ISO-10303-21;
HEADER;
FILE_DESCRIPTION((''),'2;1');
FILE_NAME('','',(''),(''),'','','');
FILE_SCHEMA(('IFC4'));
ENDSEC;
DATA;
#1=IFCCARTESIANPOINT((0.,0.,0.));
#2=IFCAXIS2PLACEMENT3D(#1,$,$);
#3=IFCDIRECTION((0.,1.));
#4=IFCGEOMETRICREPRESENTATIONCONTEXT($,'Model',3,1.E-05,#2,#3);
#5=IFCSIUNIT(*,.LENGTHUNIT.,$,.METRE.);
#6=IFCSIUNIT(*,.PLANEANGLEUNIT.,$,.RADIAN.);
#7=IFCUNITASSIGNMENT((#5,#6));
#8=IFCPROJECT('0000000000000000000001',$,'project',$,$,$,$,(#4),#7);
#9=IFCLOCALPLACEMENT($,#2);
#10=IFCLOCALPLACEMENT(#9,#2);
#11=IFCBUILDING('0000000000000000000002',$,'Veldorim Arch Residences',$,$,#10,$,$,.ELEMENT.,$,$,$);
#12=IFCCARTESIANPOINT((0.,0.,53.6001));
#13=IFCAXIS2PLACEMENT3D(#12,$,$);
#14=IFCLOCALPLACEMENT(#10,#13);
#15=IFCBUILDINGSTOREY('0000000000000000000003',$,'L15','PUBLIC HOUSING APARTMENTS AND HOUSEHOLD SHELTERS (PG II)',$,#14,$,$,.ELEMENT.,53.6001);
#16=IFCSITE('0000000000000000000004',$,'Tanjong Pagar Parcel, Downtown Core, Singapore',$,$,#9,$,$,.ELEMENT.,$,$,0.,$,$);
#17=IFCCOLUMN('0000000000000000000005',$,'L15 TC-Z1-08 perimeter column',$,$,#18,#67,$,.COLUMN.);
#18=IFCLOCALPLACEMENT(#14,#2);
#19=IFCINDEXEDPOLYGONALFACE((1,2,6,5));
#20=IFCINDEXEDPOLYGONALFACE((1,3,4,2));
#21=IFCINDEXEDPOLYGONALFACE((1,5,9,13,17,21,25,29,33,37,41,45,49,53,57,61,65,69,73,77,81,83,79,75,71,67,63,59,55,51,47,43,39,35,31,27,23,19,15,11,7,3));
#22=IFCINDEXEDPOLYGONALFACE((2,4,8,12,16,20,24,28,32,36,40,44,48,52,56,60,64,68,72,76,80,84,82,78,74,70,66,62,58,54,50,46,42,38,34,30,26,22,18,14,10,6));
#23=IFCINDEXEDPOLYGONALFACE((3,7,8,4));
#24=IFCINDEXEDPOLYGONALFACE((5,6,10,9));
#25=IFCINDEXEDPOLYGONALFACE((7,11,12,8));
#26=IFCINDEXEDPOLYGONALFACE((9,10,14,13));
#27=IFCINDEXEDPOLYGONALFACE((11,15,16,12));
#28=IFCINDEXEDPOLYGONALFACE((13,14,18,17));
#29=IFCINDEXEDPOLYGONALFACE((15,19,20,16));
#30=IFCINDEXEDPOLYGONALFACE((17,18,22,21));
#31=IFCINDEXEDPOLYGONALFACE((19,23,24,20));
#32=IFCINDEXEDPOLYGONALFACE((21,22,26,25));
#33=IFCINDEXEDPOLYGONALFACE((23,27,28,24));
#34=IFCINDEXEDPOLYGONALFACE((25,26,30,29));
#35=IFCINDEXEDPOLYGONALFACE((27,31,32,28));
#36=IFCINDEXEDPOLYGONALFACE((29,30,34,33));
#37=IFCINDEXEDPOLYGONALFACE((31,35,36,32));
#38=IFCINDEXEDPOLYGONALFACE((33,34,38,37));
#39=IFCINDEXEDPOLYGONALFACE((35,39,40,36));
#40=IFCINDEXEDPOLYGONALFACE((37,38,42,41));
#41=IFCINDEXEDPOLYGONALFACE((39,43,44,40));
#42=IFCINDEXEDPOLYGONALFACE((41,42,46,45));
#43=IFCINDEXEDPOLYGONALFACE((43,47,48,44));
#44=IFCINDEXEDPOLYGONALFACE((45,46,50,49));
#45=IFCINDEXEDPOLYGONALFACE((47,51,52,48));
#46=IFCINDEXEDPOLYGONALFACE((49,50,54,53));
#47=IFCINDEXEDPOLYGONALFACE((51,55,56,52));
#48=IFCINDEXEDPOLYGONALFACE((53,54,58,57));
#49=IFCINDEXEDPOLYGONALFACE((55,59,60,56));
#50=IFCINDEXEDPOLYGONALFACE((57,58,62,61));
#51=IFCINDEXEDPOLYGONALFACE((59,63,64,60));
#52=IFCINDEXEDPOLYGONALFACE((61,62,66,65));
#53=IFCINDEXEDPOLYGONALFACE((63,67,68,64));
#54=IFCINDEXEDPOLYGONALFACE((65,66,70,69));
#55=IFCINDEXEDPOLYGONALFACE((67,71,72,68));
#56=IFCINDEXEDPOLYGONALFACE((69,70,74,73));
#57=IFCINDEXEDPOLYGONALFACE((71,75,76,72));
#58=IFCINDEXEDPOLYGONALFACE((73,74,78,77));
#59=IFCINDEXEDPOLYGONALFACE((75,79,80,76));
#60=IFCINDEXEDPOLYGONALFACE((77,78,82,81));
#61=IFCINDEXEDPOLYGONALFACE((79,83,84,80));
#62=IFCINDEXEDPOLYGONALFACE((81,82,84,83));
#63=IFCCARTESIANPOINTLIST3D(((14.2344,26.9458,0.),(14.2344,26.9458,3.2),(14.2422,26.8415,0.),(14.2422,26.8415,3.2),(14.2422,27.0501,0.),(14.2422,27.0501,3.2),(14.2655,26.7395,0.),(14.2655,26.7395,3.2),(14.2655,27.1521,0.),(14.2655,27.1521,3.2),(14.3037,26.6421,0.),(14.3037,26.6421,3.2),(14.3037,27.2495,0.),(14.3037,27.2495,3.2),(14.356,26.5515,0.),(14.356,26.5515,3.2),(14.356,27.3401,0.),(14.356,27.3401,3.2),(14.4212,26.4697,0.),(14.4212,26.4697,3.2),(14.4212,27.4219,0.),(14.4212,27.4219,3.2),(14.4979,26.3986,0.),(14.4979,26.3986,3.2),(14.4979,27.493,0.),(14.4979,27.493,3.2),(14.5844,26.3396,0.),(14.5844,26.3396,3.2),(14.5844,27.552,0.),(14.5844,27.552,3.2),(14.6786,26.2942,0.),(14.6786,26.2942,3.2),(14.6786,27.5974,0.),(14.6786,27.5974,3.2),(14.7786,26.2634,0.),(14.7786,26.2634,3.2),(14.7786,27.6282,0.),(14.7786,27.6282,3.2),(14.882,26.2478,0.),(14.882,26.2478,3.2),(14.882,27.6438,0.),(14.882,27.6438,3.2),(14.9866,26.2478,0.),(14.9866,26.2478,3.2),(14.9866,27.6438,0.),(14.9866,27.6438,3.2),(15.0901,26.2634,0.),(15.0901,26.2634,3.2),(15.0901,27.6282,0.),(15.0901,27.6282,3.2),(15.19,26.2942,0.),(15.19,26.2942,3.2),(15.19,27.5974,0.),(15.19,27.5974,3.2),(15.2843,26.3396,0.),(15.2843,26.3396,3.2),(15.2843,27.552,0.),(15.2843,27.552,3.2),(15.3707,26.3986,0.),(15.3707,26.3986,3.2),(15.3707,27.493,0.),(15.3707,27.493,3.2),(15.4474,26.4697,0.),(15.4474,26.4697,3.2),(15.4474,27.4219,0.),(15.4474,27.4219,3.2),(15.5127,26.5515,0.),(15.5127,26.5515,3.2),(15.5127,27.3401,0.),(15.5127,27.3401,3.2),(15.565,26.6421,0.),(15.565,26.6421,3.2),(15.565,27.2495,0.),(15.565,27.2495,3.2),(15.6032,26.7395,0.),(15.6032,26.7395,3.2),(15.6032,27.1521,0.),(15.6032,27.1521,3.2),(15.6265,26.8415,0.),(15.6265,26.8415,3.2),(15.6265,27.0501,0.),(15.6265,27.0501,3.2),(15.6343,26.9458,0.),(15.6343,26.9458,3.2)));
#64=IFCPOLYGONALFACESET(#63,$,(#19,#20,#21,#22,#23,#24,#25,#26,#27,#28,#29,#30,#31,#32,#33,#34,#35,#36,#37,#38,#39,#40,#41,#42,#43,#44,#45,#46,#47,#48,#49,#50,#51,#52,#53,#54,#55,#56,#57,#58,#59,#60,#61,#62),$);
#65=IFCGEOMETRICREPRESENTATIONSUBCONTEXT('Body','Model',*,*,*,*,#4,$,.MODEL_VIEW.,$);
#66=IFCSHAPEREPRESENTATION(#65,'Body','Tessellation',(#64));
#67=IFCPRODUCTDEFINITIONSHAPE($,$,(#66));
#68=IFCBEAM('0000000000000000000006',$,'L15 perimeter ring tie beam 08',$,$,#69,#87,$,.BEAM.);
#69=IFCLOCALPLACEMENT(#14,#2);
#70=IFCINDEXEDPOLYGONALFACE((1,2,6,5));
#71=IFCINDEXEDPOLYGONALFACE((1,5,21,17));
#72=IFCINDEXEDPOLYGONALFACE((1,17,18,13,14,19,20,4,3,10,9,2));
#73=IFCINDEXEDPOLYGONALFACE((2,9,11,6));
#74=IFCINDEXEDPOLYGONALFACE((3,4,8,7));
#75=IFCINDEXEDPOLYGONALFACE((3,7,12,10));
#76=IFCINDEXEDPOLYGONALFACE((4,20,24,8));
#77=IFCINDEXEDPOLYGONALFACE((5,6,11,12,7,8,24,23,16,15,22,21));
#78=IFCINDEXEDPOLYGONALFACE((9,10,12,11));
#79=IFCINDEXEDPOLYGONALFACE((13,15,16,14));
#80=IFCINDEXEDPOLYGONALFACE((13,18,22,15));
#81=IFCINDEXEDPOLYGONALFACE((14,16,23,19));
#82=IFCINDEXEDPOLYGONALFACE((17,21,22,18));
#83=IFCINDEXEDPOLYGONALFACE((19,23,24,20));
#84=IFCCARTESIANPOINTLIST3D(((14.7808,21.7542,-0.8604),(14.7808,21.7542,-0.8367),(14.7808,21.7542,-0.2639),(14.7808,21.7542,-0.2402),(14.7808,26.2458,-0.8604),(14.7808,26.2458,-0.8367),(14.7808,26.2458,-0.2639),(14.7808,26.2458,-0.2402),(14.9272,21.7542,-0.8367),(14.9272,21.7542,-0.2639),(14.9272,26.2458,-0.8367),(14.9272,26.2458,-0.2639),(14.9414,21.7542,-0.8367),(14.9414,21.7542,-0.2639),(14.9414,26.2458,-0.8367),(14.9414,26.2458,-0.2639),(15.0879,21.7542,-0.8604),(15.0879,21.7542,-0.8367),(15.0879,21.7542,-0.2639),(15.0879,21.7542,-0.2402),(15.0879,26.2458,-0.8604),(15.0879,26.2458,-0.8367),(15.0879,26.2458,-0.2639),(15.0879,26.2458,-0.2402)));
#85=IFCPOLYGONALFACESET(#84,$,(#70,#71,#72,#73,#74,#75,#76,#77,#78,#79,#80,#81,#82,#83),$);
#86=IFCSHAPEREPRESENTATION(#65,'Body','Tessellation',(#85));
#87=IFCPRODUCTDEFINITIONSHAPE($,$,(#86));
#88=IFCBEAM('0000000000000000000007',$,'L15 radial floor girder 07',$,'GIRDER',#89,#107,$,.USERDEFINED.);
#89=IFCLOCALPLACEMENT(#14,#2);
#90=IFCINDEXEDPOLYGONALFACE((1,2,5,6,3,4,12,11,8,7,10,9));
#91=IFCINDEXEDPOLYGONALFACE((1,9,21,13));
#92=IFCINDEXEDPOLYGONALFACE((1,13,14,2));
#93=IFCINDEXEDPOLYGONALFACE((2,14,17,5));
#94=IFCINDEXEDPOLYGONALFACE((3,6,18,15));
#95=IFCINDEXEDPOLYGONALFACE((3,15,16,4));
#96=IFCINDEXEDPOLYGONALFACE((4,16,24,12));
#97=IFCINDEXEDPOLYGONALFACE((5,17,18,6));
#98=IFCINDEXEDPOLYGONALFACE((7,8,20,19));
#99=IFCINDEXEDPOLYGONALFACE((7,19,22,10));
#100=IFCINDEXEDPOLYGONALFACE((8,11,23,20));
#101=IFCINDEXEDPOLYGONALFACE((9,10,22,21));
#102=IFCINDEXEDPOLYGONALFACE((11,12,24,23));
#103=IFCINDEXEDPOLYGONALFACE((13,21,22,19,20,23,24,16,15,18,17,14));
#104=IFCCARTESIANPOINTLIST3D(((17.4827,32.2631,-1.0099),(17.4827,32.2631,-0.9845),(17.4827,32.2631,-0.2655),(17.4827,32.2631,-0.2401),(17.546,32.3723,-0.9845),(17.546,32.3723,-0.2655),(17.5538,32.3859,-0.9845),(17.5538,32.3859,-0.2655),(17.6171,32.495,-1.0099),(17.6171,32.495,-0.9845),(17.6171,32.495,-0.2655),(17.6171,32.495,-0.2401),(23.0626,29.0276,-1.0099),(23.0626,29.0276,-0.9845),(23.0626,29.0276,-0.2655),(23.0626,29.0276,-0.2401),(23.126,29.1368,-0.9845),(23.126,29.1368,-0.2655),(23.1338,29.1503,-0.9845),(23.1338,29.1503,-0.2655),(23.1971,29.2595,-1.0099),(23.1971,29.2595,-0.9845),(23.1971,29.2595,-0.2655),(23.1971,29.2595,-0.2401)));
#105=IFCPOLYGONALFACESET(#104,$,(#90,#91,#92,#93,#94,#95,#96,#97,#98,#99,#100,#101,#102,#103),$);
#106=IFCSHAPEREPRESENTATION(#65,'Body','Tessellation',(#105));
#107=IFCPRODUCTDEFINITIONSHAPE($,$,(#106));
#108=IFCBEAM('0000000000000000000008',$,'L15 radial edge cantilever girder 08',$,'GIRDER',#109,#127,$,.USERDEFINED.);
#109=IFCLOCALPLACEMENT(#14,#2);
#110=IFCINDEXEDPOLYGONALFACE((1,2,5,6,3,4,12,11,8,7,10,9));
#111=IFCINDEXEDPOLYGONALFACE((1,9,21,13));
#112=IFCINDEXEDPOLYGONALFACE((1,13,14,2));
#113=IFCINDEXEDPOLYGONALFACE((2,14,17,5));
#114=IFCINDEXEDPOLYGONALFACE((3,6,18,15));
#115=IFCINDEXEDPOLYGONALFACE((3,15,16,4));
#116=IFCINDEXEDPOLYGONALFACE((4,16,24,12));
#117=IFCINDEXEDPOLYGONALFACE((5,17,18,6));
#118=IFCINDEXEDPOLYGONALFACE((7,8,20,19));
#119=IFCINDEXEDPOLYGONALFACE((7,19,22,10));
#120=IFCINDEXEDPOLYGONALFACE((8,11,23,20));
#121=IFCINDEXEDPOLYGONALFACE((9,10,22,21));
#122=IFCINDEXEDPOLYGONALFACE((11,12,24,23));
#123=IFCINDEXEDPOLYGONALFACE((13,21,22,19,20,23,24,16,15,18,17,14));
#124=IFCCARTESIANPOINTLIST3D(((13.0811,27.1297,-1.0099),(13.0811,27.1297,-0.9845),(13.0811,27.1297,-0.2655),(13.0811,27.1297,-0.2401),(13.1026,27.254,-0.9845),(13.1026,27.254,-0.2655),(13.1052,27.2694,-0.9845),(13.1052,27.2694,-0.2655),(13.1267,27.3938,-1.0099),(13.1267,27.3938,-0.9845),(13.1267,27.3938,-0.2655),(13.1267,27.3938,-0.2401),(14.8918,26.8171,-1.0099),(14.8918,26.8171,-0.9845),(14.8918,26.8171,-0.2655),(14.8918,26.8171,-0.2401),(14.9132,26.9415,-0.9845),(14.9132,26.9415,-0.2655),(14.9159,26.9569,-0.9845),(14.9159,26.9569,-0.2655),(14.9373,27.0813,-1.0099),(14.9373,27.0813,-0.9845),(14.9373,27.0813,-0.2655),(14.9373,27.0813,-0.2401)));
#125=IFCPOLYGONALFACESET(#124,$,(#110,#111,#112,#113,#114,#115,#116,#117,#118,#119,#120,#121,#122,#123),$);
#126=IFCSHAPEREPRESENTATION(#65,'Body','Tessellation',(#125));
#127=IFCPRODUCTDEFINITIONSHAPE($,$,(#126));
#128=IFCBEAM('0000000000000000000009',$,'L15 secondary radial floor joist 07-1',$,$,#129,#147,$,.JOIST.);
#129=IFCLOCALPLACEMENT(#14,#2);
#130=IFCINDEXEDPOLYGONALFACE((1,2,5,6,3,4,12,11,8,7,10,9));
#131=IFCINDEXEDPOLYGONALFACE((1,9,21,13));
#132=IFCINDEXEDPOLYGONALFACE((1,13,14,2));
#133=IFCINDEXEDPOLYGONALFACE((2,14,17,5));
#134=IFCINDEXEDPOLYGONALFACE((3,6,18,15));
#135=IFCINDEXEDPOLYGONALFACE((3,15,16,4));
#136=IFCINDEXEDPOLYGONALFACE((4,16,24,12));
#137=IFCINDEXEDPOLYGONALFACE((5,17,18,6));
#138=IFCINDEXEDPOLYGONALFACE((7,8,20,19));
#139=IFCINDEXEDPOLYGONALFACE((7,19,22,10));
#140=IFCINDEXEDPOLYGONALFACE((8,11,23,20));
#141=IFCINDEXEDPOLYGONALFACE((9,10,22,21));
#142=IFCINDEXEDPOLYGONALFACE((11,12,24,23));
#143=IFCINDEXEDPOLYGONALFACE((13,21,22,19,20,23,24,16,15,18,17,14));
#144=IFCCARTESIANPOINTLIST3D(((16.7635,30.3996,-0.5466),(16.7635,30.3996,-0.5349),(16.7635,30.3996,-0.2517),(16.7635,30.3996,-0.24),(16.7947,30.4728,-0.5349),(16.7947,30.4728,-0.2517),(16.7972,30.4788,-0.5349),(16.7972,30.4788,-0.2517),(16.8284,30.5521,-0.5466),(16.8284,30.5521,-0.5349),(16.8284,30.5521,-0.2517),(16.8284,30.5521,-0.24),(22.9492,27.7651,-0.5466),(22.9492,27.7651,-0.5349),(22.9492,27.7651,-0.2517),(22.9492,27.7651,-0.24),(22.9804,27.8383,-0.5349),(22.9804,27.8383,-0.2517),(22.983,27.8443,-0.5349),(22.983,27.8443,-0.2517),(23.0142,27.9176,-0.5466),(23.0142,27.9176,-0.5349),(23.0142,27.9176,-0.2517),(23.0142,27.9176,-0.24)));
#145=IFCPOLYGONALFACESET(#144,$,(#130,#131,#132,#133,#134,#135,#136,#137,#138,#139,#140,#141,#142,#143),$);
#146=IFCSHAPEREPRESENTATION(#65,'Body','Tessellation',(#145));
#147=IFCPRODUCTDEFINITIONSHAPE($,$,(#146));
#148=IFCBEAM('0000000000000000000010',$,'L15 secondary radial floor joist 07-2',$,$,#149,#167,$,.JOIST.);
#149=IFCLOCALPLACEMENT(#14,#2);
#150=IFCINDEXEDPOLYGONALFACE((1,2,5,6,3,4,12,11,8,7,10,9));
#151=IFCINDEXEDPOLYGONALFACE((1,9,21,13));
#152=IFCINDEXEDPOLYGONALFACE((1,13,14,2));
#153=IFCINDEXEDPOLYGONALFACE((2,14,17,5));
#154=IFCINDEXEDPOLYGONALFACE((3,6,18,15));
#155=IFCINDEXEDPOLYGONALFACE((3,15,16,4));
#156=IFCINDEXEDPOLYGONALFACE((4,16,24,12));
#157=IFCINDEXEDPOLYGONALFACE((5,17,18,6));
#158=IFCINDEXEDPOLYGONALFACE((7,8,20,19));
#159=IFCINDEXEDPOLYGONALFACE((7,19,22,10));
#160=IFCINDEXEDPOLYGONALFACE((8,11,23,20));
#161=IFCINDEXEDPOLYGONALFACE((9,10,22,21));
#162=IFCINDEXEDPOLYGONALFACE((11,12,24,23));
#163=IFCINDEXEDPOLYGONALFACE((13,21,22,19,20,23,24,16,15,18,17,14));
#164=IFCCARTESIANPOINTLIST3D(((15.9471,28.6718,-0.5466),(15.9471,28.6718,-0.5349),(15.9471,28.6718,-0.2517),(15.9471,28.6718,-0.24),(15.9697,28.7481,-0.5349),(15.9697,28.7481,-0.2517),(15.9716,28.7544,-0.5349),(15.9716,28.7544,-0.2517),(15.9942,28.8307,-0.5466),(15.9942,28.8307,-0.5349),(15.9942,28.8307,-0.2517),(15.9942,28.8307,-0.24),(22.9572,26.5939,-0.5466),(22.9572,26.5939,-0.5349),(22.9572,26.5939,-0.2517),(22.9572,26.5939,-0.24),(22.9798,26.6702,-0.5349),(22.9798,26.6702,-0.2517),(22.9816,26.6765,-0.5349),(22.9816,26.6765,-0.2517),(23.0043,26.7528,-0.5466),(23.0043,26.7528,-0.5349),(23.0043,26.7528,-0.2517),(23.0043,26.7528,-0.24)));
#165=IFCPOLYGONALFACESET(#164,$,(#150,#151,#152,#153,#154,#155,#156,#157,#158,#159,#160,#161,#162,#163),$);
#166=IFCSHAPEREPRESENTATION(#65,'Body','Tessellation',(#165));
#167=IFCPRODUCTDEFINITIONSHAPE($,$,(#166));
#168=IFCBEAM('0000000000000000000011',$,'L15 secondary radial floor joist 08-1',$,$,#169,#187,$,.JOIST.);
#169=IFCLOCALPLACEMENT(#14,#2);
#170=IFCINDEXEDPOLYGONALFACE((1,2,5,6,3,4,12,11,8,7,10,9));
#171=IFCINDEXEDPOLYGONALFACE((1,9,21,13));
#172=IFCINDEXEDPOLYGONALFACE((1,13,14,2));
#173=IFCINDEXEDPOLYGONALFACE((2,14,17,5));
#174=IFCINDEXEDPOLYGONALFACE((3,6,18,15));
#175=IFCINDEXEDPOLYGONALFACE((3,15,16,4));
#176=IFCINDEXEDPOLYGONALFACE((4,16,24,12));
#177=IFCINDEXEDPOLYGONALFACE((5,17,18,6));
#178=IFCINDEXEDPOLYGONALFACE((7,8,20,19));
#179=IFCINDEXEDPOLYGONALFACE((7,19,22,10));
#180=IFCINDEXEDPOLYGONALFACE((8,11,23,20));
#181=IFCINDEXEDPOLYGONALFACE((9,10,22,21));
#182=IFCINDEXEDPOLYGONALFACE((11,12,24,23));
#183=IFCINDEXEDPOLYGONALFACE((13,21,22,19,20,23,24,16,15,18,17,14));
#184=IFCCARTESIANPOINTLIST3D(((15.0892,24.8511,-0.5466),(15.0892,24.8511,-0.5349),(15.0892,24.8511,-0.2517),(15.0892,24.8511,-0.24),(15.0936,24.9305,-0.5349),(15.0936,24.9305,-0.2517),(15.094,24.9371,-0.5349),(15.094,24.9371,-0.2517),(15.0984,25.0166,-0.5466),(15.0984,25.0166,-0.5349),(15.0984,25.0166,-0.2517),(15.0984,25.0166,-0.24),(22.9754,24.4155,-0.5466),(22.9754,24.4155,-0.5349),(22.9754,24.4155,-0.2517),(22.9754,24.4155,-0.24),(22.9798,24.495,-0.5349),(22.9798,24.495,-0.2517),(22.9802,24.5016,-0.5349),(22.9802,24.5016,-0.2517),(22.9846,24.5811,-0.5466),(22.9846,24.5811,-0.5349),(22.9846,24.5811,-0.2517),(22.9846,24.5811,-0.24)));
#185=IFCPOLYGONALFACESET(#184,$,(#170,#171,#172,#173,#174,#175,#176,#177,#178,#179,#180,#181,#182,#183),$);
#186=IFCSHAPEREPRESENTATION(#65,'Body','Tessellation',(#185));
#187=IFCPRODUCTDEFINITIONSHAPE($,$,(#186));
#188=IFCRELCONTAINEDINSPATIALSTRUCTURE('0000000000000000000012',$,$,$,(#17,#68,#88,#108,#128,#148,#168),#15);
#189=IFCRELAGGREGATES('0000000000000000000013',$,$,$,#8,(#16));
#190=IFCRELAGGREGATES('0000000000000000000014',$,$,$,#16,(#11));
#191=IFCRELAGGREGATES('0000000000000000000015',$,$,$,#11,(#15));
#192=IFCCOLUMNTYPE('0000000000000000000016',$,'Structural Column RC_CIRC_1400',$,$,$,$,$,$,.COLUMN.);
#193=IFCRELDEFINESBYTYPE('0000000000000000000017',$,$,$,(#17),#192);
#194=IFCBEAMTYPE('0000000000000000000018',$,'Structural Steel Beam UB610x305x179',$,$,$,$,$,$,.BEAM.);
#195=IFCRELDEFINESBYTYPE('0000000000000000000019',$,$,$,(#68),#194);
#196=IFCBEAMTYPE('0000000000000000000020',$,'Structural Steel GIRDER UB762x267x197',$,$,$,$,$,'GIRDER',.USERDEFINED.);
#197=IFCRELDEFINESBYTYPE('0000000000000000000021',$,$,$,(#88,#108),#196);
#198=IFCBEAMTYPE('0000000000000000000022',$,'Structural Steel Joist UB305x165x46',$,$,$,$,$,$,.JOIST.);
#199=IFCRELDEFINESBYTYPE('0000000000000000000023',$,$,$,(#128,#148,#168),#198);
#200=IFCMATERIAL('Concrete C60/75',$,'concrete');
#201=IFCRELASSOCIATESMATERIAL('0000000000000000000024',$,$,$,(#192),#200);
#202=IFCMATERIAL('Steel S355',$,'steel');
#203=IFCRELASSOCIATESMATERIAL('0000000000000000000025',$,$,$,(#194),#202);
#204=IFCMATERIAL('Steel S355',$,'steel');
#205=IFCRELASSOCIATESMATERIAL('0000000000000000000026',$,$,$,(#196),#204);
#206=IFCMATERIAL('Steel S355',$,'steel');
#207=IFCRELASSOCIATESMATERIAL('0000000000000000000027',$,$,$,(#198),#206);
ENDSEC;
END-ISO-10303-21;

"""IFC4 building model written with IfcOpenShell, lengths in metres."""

from ifc_helpers import new_model, si_unit, direction, frame, origin, origin_2d, place, context, subcontext, project, spatial, circle, i_section, extrude, material, material_profile, profile_set, type_object, element, save


model = new_model("IFC4")

# Units and contexts
model_context = context("Model", 3, precision=1e-05, world=origin(), true_north=direction((0.0, 1.0)))
body_context = subcontext(model_context, "Body", "Model", "MODEL_VIEW")
ifc_project = project(units=[si_unit("LENGTHUNIT", "METRE"), si_unit("PLANEANGLEUNIT", "RADIAN")], contexts=[model_context])

# Site, building, storey
site_placement = place(None, origin())
site = spatial("IfcSite", under=ifc_project, at=site_placement, Name="Tanjong Pagar Parcel, Downtown Core, Singapore", CompositionType="ELEMENT", RefElevation=0.0)
building_placement = place(site_placement, origin())
building = spatial("IfcBuilding", under=site, at=building_placement, Name="Veldorim Arch Residences", CompositionType="ELEMENT")
storey_placement = place(building_placement, frame((0.0, 0.0, 53.6001)))
storey = spatial("IfcBuildingStorey", under=building, at=storey_placement, Name="L15", Description="PUBLIC HOUSING APARTMENTS AND HOUSEHOLD SHELTERS (PG II)", CompositionType="ELEMENT", Elevation=53.6001)

# Column
ifc_material_1 = material(Name="Concrete C60/75", Category="concrete")
ifc_material_profile_1 = material_profile(ifc_material_1, circle(Radius=0.7, at=origin_2d()), Name="RC_CIRC_1400")
ifc_profile_set_1 = profile_set([ifc_material_profile_1], Name="Concrete C60/75")
column_type = type_object("IfcColumnType", Name="Structural Column RC_CIRC_1400", PredefinedType="COLUMN", material=ifc_profile_set_1)
column_placement = place(storey_placement, frame((14.9343, 26.9458, 0.0), z_axis=(0.0, 0.0, 1.0), x_axis=(1.0, 0.0, 0.0)))
element("IfcColumn", 1, at=column_placement, inside=storey, type_object=column_type, Name="L15 TC-Z1-08 perimeter column", PredefinedType="COLUMN", context=body_context, shape_type="SweptSolid", body=[
    extrude(circle(Radius=0.7, at=origin_2d()), origin(), (0.0, 0.0, 1.0), 3.2),
])

# Beams
ifc_material_2 = material(Name="Steel S355", Category="steel")
ifc_material_profile_2 = material_profile(ifc_material_2, i_section(OverallWidth=0.3071, OverallDepth=0.6201, WebThickness=0.0142, FlangeThickness=0.0237, at=origin_2d()), Name="UB610x305x179")
ifc_profile_set_2 = profile_set([ifc_material_profile_2], Name="Steel S355")
beam_type_1 = type_object("IfcBeamType", Name="Structural Steel Beam UB610x305x179", PredefinedType="BEAM", material=ifc_profile_set_2)
beam_1_placement = place(storey_placement, frame((14.9343, 26.2458, -0.5503), z_axis=(0.0, -1.0, 0.0), x_axis=(1.0, 0.0, 0.0)))
element("IfcBeam", 2, at=beam_1_placement, inside=storey, type_object=beam_type_1, Name="L15 perimeter ring tie beam 08", PredefinedType="BEAM", context=body_context, shape_type="SweptSolid", body=[
    extrude(i_section(OverallWidth=0.3071, OverallDepth=0.6201, WebThickness=0.0142, FlangeThickness=0.0237, at=origin_2d()), origin(), (0.0, 0.0, 1.0), 4.4917),
])
ifc_material_3 = material(Name="Steel S355", Category="steel")
ifc_material_profile_3 = material_profile(ifc_material_3, i_section(OverallWidth=0.2681, OverallDepth=0.7698, WebThickness=0.0156, FlangeThickness=0.0254, at=origin_2d()), Name="UB762x267x197")
ifc_profile_set_3 = profile_set([ifc_material_profile_3], Name="Steel S355")
beam_type_2 = type_object("IfcBeamType", Name="Structural Steel GIRDER UB762x267x197", ElementType="GIRDER", PredefinedType="USERDEFINED", material=ifc_profile_set_3)
beam_2_placement = place(storey_placement, frame((23.1299, 29.1436, -0.625), z_axis=(-0.865088, 0.50162, 0.0), x_axis=(-0.50162, -0.865088, 0.0)))
element("IfcBeam", 3, at=beam_2_placement, inside=storey, type_object=beam_type_2, Name="L15 radial floor girder 07", ObjectType="GIRDER", PredefinedType="USERDEFINED", context=body_context, shape_type="SweptSolid", body=[
    extrude(i_section(OverallWidth=0.2681, OverallDepth=0.7698, WebThickness=0.0156, FlangeThickness=0.0254, at=origin_2d()), origin(), (0.0, 0.0, 1.0), 6.4502),
])
beam_3_placement = place(storey_placement, frame((14.9146, 26.9492, -0.625), z_axis=(-0.985429, 0.170085, 0.0), x_axis=(-0.170085, -0.985429, 0.0)))
element("IfcBeam", 4, at=beam_3_placement, inside=storey, type_object=beam_type_2, Name="L15 radial edge cantilever girder 08", ObjectType="GIRDER", PredefinedType="USERDEFINED", context=body_context, shape_type="SweptSolid", body=[
    extrude(i_section(OverallWidth=0.2681, OverallDepth=0.7698, WebThickness=0.0156, FlangeThickness=0.0254, at=origin_2d()), origin(), (0.0, 0.0, 1.0), 1.8374),
])
ifc_material_4 = material(Name="Steel S355", Category="steel")
ifc_material_profile_4 = material_profile(ifc_material_4, i_section(OverallWidth=0.1658, OverallDepth=0.3066, WebThickness=0.0066, FlangeThickness=0.0117, at=origin_2d()), Name="UB305x165x46")
ifc_profile_set_4 = profile_set([ifc_material_profile_4], Name="Steel S355")
beam_type_3 = type_object("IfcBeamType", Name="Structural Steel Joist UB305x165x46", PredefinedType="JOIST", material=ifc_profile_set_4)
beam_4_placement = place(storey_placement, frame((22.9817, 27.8413, -0.3933), z_axis=(-0.920033, 0.391841, 0.0), x_axis=(-0.391841, -0.920033, 0.0)))
element("IfcBeam", 5, at=beam_4_placement, inside=storey, type_object=beam_type_3, Name="L15 secondary radial floor joist 07-1", PredefinedType="JOIST", context=body_context, shape_type="SweptSolid", body=[
    extrude(i_section(OverallWidth=0.1658, OverallDepth=0.3066, WebThickness=0.0066, FlangeThickness=0.0117, at=origin_2d()), origin(), (0.0, 0.0, 1.0), 6.7234),
])
beam_5_placement = place(storey_placement, frame((22.9807, 26.6733, -0.3933), z_axis=(-0.958767, 0.284194, 0.0), x_axis=(-0.284194, -0.958767, 0.0)))
element("IfcBeam", 6, at=beam_5_placement, inside=storey, type_object=beam_type_3, Name="L15 secondary radial floor joist 07-2", PredefinedType="JOIST", context=body_context, shape_type="SweptSolid", body=[
    extrude(i_section(OverallWidth=0.1658, OverallDepth=0.3066, WebThickness=0.0066, FlangeThickness=0.0117, at=origin_2d()), origin(), (0.0, 0.0, 1.0), 7.3115),
])
for number, where, z_axis, x_axis, name in (
    (7, (22.98, 24.4983, -0.3933), (-0.998478, 0.055145, 0.0), (-0.055145, -0.998478, 0.0), "L15 secondary radial floor joist 08-1"),
):
    element("IfcBeam", number, at=place(storey_placement, frame(where, z_axis=z_axis, x_axis=x_axis)), inside=storey, type_object=beam_type_3, Name=name, PredefinedType="JOIST", context=body_context, shape_type="SweptSolid", body=[
        extrude(i_section(OverallWidth=0.1658, OverallDepth=0.3066, WebThickness=0.0066, FlangeThickness=0.0117, at=origin_2d()), origin(), (0.0, 0.0, 1.0), 7.8982),
    ])

save(model, "model.ifc")
